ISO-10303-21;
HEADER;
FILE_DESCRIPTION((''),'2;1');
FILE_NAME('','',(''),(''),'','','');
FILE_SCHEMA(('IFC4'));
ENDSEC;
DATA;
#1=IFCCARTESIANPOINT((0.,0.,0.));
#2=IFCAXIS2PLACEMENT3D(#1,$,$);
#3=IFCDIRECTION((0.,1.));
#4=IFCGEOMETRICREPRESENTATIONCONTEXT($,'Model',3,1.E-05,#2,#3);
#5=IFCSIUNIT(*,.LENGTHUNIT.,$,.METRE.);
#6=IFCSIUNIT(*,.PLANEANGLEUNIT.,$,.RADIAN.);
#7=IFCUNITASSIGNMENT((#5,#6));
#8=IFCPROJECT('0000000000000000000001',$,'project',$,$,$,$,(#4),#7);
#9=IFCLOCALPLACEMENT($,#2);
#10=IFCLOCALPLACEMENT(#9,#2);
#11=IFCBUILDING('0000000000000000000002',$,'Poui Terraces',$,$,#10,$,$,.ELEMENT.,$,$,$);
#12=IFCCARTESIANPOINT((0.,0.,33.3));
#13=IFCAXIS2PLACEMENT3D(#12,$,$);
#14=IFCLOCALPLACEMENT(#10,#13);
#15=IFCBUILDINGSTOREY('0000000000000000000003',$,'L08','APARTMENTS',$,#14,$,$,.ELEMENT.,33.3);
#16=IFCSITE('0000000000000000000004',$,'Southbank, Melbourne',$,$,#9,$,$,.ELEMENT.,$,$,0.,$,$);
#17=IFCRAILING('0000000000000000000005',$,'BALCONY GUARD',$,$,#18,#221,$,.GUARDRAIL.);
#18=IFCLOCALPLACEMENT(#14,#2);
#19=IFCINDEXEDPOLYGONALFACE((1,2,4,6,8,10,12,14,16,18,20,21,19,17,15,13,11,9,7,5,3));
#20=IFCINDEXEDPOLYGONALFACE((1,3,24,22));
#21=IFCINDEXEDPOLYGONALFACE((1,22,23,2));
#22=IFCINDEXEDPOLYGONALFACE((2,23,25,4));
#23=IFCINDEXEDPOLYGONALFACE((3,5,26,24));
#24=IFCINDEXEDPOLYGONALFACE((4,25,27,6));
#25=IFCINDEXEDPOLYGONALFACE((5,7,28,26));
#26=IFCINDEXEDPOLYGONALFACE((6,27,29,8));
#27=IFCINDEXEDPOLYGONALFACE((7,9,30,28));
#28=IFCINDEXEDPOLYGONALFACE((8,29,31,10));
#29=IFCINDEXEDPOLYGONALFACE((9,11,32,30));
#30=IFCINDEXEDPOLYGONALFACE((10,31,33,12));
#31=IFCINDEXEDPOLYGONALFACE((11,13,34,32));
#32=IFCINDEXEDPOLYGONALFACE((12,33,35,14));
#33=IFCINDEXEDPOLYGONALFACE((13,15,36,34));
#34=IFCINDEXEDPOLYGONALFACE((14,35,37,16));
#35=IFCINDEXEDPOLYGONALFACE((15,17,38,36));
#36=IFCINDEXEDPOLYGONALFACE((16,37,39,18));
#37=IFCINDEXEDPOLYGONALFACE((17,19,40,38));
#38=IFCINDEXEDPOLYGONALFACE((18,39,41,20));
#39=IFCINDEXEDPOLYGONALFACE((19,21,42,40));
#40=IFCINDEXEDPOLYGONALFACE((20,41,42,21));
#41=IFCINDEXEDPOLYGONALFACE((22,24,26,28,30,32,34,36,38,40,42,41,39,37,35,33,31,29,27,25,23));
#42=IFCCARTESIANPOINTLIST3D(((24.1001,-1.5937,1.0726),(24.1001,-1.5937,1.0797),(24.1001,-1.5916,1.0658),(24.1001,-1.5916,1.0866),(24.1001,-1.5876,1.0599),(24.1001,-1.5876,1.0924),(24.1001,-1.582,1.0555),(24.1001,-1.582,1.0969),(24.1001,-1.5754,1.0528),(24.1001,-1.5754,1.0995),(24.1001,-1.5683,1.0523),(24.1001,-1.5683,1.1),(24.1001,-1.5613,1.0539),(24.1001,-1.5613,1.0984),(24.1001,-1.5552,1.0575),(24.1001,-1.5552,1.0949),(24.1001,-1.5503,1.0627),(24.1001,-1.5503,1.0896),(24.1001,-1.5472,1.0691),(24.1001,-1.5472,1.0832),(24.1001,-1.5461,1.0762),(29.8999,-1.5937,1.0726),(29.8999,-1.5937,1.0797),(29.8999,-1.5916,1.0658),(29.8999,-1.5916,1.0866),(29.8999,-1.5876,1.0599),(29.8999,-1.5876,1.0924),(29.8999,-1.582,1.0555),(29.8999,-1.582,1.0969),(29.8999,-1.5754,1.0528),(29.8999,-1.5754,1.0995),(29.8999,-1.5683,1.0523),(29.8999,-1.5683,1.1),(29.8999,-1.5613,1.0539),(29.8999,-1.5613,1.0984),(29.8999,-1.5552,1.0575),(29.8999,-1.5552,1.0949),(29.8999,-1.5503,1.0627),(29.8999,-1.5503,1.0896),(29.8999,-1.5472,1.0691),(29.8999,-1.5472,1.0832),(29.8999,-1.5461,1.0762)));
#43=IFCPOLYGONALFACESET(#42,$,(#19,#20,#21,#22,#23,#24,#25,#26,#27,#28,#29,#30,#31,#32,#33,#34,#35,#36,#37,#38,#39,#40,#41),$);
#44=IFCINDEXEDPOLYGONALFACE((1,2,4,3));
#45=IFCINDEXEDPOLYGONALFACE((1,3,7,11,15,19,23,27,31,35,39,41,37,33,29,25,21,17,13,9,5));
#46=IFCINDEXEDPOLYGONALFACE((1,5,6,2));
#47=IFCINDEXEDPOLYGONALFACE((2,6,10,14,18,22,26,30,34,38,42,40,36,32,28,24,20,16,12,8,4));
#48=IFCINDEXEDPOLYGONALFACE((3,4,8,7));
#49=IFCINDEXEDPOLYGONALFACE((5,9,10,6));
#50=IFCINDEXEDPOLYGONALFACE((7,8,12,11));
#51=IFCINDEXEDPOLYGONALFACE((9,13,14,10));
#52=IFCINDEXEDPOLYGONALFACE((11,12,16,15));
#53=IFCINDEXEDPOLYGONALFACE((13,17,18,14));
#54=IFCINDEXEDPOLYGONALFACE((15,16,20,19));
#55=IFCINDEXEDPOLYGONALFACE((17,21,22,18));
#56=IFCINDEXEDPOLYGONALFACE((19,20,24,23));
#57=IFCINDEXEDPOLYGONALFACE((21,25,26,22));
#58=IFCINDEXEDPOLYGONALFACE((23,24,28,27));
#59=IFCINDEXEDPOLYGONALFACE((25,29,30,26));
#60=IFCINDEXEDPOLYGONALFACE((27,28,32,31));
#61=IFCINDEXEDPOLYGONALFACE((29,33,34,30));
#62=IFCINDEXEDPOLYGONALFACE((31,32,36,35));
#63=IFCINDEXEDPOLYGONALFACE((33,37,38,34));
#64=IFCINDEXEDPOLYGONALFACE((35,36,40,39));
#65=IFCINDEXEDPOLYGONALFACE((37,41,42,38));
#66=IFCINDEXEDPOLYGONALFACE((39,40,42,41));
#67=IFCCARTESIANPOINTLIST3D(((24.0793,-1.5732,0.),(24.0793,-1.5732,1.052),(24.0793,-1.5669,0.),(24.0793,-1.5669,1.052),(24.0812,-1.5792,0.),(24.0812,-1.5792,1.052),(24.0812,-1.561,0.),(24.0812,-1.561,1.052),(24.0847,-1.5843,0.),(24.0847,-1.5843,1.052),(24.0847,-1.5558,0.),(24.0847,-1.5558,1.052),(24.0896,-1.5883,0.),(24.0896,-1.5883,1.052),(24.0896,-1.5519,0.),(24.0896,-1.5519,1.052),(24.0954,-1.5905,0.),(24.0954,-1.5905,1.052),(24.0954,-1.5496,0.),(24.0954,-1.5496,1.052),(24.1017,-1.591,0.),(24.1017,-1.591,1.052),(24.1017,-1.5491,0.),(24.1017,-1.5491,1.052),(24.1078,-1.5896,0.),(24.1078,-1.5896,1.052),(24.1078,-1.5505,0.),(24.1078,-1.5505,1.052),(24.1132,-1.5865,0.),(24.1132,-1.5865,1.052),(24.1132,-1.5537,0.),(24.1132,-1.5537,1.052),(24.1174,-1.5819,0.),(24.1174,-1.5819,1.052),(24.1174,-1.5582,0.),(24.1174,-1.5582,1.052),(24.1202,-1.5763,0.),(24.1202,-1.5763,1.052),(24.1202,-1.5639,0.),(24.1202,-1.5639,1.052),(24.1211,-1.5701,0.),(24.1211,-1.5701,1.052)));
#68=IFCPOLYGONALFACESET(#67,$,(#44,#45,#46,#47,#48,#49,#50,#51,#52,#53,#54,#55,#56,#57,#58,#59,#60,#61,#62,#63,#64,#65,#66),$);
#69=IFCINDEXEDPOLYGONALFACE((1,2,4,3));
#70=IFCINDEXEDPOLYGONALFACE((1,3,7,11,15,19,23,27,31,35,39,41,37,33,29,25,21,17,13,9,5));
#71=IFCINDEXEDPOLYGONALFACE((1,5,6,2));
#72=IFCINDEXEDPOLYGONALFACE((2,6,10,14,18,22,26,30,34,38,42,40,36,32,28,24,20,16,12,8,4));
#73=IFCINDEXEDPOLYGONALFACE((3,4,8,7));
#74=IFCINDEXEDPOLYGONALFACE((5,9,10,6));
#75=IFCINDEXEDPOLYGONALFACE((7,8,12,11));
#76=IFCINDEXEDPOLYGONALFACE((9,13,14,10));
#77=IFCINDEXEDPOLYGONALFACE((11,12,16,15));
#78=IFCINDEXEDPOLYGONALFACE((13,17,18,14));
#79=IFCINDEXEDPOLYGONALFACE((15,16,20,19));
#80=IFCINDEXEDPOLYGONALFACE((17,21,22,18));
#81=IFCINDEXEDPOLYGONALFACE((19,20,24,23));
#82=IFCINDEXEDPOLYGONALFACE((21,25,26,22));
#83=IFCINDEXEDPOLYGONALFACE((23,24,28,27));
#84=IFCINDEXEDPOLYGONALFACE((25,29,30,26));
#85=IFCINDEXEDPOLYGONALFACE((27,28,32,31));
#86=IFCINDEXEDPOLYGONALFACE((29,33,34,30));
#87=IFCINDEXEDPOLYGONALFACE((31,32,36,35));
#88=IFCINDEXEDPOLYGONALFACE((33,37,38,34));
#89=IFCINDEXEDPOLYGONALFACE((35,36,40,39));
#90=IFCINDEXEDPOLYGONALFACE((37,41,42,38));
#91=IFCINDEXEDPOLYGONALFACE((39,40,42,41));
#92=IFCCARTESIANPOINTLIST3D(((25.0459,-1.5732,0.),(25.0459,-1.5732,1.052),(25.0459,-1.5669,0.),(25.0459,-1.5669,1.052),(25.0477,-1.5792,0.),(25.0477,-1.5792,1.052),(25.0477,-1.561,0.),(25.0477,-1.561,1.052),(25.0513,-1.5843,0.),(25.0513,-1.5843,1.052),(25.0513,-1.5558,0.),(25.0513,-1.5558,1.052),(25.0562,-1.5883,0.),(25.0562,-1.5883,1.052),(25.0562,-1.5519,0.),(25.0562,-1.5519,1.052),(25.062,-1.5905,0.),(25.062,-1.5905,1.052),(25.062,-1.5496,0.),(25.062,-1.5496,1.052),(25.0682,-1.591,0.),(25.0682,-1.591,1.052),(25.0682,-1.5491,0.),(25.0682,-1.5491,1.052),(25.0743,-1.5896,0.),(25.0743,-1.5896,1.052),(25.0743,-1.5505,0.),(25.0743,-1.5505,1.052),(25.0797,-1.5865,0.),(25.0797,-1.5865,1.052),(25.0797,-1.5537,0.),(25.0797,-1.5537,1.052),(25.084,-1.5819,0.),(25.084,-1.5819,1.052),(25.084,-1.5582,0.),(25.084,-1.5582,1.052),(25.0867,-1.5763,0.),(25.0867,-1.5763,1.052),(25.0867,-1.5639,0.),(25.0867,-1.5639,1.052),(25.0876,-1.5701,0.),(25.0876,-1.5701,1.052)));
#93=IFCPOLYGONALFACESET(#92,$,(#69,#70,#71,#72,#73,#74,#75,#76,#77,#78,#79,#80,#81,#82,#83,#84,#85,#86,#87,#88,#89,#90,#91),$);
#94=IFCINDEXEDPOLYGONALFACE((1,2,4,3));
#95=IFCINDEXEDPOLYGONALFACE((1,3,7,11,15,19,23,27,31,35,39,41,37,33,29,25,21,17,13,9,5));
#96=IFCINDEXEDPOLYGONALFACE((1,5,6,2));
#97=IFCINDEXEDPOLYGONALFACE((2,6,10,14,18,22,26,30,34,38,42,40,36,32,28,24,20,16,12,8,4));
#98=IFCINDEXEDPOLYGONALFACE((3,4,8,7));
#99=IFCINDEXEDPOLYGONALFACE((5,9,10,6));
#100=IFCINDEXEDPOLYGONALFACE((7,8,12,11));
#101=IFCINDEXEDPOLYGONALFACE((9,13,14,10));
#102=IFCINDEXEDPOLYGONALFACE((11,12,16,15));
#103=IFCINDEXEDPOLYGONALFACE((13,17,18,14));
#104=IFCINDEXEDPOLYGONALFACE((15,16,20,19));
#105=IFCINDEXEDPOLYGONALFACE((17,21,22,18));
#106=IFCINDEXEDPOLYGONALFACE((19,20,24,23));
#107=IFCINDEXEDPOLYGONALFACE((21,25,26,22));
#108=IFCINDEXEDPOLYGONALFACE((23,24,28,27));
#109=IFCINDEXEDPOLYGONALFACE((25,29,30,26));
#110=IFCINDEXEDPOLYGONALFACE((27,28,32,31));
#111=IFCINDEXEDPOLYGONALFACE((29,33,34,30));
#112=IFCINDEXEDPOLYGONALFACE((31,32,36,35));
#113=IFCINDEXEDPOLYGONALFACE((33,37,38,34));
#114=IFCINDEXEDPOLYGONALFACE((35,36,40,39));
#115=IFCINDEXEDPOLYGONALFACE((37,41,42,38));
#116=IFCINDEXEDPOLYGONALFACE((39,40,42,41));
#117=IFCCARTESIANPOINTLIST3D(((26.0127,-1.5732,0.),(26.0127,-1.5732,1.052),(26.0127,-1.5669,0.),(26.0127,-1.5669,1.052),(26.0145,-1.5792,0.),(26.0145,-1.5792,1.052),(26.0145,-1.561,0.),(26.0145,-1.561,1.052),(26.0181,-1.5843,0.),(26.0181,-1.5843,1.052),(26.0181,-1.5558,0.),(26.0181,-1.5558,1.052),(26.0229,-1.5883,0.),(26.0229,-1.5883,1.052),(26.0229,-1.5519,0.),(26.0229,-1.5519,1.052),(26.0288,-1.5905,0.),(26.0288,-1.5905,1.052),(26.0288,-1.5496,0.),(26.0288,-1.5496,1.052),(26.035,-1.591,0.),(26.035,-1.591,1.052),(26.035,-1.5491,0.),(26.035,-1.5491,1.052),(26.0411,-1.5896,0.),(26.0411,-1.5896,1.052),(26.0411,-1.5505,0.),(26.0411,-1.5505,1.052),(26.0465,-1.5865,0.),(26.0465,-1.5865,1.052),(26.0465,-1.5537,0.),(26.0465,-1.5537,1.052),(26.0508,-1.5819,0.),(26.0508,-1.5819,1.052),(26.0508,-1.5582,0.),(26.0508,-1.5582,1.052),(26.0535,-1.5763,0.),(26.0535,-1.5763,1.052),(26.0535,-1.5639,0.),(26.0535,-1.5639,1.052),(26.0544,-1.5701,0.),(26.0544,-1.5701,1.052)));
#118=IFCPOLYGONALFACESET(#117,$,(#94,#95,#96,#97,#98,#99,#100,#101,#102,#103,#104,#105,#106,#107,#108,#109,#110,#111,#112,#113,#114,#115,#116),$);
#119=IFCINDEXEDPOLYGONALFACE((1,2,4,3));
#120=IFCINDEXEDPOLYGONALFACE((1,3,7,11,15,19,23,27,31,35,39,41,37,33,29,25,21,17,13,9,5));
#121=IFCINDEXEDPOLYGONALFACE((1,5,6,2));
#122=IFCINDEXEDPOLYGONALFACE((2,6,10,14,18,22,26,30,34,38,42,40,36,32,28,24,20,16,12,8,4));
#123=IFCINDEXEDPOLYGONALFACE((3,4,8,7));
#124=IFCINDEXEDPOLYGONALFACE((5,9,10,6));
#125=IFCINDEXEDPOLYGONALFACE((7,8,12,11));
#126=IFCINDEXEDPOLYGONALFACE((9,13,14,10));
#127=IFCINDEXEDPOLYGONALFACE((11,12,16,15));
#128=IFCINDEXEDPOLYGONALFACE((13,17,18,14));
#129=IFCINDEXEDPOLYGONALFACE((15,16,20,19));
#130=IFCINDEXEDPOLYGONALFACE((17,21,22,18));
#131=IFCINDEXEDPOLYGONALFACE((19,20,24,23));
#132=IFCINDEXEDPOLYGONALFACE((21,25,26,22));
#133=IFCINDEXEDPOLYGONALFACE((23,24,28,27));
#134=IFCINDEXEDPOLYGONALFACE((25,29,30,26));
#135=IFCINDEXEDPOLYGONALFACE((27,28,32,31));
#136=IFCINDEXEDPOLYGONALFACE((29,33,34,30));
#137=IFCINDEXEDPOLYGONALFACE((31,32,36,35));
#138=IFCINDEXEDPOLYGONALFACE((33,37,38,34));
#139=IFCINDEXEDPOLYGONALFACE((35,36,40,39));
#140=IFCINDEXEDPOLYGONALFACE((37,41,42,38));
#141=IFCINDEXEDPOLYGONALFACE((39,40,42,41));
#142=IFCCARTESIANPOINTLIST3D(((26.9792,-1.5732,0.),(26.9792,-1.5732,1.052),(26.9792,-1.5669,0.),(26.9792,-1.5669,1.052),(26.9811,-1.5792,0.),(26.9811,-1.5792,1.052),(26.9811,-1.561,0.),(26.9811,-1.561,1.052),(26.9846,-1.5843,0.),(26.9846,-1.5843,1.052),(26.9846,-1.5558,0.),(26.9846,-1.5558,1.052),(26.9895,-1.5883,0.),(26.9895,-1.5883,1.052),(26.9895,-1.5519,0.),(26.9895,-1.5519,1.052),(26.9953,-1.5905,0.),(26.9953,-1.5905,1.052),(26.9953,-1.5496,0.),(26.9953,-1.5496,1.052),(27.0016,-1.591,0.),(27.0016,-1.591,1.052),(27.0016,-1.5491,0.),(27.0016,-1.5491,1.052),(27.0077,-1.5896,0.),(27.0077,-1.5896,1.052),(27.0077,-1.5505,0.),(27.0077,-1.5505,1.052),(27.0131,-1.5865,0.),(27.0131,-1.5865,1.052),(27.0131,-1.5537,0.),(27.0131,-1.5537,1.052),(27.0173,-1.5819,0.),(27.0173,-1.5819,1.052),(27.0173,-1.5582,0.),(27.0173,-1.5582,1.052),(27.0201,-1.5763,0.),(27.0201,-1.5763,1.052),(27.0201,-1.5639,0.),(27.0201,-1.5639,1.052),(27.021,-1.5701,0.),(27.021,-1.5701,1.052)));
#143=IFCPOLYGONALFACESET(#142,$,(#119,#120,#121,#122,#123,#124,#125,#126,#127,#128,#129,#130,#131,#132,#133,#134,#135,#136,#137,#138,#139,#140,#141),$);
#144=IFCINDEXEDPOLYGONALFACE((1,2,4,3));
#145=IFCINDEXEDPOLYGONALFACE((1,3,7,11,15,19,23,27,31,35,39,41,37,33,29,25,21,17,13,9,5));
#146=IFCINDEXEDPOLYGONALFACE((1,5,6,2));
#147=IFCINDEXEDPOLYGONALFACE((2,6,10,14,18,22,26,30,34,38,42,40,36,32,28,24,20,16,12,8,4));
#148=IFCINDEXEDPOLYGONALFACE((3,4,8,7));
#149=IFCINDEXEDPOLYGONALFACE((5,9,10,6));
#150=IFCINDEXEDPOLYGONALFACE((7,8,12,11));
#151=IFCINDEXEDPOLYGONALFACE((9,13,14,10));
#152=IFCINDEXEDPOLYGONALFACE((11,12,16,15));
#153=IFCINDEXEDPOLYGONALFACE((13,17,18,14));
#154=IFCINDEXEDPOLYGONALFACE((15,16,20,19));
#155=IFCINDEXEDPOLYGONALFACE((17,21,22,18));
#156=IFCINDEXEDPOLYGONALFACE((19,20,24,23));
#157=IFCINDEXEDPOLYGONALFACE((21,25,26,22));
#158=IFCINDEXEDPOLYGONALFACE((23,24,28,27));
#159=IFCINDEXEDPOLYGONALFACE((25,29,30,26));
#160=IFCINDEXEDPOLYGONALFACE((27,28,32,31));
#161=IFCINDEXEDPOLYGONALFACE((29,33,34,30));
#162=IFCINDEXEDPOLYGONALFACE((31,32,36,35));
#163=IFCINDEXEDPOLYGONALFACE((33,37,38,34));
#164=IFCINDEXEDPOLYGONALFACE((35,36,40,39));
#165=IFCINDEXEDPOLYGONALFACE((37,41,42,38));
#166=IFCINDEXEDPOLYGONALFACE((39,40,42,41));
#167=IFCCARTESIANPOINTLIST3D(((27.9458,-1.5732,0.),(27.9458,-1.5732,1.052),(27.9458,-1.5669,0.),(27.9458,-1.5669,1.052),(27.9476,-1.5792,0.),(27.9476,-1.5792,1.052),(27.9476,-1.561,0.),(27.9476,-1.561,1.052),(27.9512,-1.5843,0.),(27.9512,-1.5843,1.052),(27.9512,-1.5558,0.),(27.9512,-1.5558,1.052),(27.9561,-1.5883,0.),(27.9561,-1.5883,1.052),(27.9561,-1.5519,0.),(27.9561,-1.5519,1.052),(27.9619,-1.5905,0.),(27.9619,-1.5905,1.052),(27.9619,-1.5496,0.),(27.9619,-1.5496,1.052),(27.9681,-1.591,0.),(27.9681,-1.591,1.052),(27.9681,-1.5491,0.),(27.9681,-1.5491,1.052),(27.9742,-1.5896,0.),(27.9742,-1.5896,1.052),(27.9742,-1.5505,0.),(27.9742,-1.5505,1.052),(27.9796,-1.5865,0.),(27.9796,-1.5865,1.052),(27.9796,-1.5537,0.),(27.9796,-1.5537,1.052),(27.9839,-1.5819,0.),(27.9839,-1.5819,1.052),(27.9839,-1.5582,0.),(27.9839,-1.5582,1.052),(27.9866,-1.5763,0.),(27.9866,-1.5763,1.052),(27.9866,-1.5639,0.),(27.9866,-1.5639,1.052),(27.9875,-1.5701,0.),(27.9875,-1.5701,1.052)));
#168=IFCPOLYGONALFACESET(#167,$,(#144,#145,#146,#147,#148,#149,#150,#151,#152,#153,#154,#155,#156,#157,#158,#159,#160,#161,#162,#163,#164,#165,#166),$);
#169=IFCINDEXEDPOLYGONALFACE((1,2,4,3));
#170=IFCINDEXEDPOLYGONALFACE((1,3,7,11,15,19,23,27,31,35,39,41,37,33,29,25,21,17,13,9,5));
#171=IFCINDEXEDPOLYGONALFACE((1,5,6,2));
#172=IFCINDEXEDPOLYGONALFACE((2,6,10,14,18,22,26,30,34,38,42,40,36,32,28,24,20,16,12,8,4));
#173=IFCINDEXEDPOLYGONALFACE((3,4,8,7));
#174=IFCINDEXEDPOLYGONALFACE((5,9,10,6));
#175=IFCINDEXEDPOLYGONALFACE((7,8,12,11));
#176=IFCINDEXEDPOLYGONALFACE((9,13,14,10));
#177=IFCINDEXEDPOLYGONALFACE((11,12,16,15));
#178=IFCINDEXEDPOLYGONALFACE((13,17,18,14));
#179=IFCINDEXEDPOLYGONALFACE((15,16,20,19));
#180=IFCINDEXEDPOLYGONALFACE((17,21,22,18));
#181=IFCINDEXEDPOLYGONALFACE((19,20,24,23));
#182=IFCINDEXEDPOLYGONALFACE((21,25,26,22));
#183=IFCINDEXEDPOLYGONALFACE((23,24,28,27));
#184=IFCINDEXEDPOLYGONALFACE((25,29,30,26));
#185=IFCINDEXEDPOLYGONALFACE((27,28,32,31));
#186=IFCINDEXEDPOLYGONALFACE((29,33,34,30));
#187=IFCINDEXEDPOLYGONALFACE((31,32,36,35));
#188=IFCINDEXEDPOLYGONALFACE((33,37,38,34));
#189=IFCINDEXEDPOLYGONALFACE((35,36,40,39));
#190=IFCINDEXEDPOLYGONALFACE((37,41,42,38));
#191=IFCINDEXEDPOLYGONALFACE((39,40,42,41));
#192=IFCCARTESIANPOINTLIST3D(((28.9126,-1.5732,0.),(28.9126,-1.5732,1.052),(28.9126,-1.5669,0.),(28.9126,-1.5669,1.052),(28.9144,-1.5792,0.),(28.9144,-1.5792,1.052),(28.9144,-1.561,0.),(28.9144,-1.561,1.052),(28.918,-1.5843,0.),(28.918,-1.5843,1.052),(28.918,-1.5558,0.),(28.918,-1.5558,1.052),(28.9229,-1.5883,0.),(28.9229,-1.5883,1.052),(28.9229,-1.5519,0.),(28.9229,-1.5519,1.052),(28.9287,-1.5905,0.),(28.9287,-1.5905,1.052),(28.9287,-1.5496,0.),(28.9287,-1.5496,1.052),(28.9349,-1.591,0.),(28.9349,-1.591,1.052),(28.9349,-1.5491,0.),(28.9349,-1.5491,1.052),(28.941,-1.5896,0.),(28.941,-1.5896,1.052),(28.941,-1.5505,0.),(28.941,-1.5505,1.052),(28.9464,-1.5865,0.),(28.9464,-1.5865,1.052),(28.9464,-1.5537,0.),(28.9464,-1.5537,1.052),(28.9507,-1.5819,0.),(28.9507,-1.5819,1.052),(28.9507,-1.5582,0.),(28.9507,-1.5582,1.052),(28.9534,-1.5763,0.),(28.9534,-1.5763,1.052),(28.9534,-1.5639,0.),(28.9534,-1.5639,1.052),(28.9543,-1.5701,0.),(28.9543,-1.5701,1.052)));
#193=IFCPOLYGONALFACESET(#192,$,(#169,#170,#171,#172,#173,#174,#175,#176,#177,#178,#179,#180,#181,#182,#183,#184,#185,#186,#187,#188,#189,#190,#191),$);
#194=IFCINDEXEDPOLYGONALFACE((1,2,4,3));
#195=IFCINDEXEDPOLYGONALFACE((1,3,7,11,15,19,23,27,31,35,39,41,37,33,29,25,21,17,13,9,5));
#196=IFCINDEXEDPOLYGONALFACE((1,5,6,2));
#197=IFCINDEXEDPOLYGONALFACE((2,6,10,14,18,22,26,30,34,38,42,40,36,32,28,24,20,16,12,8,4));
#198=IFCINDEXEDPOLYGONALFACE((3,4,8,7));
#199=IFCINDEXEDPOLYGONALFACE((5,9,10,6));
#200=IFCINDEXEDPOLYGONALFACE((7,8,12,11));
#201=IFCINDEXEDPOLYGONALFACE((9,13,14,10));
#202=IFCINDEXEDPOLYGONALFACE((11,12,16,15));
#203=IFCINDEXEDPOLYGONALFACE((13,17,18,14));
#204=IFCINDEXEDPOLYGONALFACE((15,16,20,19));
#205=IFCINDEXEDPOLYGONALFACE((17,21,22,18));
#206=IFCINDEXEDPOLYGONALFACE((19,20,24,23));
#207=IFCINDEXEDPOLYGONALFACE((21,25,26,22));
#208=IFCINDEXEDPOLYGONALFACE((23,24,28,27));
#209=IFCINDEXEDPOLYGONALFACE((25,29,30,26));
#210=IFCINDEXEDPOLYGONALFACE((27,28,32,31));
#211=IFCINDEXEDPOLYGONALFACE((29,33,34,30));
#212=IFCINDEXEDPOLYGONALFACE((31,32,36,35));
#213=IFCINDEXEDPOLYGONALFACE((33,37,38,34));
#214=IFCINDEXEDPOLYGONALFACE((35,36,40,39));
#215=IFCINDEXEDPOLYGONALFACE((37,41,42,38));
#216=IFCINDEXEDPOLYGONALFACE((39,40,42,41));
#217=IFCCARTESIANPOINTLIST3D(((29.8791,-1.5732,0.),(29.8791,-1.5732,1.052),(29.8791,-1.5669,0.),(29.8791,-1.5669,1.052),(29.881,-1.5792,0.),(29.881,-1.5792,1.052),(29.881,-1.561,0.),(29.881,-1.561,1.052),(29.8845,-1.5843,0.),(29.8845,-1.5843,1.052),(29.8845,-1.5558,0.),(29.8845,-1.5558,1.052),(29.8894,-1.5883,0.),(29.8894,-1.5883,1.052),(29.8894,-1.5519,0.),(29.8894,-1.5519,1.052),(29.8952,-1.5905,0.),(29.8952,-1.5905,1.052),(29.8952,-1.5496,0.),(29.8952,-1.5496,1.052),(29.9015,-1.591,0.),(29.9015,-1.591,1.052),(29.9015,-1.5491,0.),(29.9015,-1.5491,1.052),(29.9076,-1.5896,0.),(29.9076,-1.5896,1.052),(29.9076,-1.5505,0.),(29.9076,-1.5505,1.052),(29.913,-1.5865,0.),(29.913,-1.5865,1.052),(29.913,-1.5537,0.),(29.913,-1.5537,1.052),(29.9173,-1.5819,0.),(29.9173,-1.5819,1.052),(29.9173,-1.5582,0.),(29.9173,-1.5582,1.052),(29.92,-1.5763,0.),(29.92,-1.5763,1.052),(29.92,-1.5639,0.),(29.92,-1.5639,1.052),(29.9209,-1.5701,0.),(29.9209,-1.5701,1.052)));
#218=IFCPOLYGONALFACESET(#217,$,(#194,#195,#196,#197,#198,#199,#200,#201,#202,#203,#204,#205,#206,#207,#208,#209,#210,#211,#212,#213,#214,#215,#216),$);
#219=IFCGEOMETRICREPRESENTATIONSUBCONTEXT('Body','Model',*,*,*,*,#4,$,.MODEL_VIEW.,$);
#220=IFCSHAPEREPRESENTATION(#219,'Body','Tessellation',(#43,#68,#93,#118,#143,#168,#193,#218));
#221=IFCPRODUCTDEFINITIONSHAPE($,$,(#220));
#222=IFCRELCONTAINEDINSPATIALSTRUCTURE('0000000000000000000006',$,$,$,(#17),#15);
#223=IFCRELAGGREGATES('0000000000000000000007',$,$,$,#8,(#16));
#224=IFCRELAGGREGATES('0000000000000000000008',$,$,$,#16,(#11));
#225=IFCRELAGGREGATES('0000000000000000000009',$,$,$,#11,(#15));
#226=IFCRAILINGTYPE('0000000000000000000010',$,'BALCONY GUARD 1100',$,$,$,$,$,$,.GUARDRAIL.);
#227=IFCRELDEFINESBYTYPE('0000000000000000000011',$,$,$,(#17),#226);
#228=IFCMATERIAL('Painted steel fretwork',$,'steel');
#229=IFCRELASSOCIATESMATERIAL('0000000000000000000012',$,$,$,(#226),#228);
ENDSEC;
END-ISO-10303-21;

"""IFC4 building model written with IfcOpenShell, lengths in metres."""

from ifc_helpers import new_model, si_unit, direction, frame, origin, origin_2d, place, context, subcontext, project, spatial, circle, extrude, material, type_object, element, save


model = new_model("IFC4")

# Units and contexts
model_context = context("Model", 3, precision=1e-05, world=origin(), true_north=direction((0.0, 1.0)))
body_context = subcontext(model_context, "Body", "Model", "MODEL_VIEW")
ifc_project = project(units=[si_unit("LENGTHUNIT", "METRE"), si_unit("PLANEANGLEUNIT", "RADIAN")], contexts=[model_context])

# Site, building, storey
site_placement = place(None, origin())
site = spatial("IfcSite", under=ifc_project, at=site_placement, Name="Southbank, Melbourne", CompositionType="ELEMENT", RefElevation=0.0)
building_placement = place(site_placement, origin())
building = spatial("IfcBuilding", under=site, at=building_placement, Name="Poui Terraces", CompositionType="ELEMENT")
storey_placement = place(building_placement, frame((0.0, 0.0, 33.3)))
storey = spatial("IfcBuildingStorey", under=building, at=storey_placement, Name="L08", Description="APARTMENTS", CompositionType="ELEMENT", Elevation=33.3)

# Railing
ifc_material_1 = material(Name="Painted steel fretwork", Category="steel")
railing_type = type_object("IfcRailingType", Name="BALCONY GUARD 1100", PredefinedType="GUARDRAIL", material=ifc_material_1)
railing_placement = place(storey_placement, frame((24.1001, -1.5701, 0.0)))
element("IfcRailing", 1, at=railing_placement, inside=storey, type_object=railing_type, Name="BALCONY GUARD", PredefinedType="GUARDRAIL", context=body_context, shape_type="SweptSolid", body=[
    extrude(circle(Radius=0.0239, at=origin_2d()), frame((0.0, 0.0, 1.0762), z_axis=(1.0, 0.0, 0.0), x_axis=(0.0, 1.0, 0.0)), (0.0, 0.0, 1.0), 5.7998),
    extrude(circle(Radius=0.021, at=origin_2d()), origin(), (0.0, 0.0, 1.0), 1.052),
    extrude(circle(Radius=0.021, at=origin_2d()), frame((0.9666, 0.0, 0.0)), (0.0, 0.0, 1.0), 1.052),
    extrude(circle(Radius=0.021, at=origin_2d()), frame((1.9333, 0.0, 0.0)), (0.0, 0.0, 1.0), 1.052),
    extrude(circle(Radius=0.021, at=origin_2d()), frame((2.8999, 0.0, 0.0)), (0.0, 0.0, 1.0), 1.052),
    extrude(circle(Radius=0.021, at=origin_2d()), frame((3.8665, 0.0, 0.0)), (0.0, 0.0, 1.0), 1.052),
    extrude(circle(Radius=0.021, at=origin_2d()), frame((4.8333, 0.0, 0.0)), (0.0, 0.0, 1.0), 1.052),
    extrude(circle(Radius=0.021, at=origin_2d()), frame((5.7998, 0.0, 0.0)), (0.0, 0.0, 1.0), 1.052),
])

save(model, "model.ifc")
